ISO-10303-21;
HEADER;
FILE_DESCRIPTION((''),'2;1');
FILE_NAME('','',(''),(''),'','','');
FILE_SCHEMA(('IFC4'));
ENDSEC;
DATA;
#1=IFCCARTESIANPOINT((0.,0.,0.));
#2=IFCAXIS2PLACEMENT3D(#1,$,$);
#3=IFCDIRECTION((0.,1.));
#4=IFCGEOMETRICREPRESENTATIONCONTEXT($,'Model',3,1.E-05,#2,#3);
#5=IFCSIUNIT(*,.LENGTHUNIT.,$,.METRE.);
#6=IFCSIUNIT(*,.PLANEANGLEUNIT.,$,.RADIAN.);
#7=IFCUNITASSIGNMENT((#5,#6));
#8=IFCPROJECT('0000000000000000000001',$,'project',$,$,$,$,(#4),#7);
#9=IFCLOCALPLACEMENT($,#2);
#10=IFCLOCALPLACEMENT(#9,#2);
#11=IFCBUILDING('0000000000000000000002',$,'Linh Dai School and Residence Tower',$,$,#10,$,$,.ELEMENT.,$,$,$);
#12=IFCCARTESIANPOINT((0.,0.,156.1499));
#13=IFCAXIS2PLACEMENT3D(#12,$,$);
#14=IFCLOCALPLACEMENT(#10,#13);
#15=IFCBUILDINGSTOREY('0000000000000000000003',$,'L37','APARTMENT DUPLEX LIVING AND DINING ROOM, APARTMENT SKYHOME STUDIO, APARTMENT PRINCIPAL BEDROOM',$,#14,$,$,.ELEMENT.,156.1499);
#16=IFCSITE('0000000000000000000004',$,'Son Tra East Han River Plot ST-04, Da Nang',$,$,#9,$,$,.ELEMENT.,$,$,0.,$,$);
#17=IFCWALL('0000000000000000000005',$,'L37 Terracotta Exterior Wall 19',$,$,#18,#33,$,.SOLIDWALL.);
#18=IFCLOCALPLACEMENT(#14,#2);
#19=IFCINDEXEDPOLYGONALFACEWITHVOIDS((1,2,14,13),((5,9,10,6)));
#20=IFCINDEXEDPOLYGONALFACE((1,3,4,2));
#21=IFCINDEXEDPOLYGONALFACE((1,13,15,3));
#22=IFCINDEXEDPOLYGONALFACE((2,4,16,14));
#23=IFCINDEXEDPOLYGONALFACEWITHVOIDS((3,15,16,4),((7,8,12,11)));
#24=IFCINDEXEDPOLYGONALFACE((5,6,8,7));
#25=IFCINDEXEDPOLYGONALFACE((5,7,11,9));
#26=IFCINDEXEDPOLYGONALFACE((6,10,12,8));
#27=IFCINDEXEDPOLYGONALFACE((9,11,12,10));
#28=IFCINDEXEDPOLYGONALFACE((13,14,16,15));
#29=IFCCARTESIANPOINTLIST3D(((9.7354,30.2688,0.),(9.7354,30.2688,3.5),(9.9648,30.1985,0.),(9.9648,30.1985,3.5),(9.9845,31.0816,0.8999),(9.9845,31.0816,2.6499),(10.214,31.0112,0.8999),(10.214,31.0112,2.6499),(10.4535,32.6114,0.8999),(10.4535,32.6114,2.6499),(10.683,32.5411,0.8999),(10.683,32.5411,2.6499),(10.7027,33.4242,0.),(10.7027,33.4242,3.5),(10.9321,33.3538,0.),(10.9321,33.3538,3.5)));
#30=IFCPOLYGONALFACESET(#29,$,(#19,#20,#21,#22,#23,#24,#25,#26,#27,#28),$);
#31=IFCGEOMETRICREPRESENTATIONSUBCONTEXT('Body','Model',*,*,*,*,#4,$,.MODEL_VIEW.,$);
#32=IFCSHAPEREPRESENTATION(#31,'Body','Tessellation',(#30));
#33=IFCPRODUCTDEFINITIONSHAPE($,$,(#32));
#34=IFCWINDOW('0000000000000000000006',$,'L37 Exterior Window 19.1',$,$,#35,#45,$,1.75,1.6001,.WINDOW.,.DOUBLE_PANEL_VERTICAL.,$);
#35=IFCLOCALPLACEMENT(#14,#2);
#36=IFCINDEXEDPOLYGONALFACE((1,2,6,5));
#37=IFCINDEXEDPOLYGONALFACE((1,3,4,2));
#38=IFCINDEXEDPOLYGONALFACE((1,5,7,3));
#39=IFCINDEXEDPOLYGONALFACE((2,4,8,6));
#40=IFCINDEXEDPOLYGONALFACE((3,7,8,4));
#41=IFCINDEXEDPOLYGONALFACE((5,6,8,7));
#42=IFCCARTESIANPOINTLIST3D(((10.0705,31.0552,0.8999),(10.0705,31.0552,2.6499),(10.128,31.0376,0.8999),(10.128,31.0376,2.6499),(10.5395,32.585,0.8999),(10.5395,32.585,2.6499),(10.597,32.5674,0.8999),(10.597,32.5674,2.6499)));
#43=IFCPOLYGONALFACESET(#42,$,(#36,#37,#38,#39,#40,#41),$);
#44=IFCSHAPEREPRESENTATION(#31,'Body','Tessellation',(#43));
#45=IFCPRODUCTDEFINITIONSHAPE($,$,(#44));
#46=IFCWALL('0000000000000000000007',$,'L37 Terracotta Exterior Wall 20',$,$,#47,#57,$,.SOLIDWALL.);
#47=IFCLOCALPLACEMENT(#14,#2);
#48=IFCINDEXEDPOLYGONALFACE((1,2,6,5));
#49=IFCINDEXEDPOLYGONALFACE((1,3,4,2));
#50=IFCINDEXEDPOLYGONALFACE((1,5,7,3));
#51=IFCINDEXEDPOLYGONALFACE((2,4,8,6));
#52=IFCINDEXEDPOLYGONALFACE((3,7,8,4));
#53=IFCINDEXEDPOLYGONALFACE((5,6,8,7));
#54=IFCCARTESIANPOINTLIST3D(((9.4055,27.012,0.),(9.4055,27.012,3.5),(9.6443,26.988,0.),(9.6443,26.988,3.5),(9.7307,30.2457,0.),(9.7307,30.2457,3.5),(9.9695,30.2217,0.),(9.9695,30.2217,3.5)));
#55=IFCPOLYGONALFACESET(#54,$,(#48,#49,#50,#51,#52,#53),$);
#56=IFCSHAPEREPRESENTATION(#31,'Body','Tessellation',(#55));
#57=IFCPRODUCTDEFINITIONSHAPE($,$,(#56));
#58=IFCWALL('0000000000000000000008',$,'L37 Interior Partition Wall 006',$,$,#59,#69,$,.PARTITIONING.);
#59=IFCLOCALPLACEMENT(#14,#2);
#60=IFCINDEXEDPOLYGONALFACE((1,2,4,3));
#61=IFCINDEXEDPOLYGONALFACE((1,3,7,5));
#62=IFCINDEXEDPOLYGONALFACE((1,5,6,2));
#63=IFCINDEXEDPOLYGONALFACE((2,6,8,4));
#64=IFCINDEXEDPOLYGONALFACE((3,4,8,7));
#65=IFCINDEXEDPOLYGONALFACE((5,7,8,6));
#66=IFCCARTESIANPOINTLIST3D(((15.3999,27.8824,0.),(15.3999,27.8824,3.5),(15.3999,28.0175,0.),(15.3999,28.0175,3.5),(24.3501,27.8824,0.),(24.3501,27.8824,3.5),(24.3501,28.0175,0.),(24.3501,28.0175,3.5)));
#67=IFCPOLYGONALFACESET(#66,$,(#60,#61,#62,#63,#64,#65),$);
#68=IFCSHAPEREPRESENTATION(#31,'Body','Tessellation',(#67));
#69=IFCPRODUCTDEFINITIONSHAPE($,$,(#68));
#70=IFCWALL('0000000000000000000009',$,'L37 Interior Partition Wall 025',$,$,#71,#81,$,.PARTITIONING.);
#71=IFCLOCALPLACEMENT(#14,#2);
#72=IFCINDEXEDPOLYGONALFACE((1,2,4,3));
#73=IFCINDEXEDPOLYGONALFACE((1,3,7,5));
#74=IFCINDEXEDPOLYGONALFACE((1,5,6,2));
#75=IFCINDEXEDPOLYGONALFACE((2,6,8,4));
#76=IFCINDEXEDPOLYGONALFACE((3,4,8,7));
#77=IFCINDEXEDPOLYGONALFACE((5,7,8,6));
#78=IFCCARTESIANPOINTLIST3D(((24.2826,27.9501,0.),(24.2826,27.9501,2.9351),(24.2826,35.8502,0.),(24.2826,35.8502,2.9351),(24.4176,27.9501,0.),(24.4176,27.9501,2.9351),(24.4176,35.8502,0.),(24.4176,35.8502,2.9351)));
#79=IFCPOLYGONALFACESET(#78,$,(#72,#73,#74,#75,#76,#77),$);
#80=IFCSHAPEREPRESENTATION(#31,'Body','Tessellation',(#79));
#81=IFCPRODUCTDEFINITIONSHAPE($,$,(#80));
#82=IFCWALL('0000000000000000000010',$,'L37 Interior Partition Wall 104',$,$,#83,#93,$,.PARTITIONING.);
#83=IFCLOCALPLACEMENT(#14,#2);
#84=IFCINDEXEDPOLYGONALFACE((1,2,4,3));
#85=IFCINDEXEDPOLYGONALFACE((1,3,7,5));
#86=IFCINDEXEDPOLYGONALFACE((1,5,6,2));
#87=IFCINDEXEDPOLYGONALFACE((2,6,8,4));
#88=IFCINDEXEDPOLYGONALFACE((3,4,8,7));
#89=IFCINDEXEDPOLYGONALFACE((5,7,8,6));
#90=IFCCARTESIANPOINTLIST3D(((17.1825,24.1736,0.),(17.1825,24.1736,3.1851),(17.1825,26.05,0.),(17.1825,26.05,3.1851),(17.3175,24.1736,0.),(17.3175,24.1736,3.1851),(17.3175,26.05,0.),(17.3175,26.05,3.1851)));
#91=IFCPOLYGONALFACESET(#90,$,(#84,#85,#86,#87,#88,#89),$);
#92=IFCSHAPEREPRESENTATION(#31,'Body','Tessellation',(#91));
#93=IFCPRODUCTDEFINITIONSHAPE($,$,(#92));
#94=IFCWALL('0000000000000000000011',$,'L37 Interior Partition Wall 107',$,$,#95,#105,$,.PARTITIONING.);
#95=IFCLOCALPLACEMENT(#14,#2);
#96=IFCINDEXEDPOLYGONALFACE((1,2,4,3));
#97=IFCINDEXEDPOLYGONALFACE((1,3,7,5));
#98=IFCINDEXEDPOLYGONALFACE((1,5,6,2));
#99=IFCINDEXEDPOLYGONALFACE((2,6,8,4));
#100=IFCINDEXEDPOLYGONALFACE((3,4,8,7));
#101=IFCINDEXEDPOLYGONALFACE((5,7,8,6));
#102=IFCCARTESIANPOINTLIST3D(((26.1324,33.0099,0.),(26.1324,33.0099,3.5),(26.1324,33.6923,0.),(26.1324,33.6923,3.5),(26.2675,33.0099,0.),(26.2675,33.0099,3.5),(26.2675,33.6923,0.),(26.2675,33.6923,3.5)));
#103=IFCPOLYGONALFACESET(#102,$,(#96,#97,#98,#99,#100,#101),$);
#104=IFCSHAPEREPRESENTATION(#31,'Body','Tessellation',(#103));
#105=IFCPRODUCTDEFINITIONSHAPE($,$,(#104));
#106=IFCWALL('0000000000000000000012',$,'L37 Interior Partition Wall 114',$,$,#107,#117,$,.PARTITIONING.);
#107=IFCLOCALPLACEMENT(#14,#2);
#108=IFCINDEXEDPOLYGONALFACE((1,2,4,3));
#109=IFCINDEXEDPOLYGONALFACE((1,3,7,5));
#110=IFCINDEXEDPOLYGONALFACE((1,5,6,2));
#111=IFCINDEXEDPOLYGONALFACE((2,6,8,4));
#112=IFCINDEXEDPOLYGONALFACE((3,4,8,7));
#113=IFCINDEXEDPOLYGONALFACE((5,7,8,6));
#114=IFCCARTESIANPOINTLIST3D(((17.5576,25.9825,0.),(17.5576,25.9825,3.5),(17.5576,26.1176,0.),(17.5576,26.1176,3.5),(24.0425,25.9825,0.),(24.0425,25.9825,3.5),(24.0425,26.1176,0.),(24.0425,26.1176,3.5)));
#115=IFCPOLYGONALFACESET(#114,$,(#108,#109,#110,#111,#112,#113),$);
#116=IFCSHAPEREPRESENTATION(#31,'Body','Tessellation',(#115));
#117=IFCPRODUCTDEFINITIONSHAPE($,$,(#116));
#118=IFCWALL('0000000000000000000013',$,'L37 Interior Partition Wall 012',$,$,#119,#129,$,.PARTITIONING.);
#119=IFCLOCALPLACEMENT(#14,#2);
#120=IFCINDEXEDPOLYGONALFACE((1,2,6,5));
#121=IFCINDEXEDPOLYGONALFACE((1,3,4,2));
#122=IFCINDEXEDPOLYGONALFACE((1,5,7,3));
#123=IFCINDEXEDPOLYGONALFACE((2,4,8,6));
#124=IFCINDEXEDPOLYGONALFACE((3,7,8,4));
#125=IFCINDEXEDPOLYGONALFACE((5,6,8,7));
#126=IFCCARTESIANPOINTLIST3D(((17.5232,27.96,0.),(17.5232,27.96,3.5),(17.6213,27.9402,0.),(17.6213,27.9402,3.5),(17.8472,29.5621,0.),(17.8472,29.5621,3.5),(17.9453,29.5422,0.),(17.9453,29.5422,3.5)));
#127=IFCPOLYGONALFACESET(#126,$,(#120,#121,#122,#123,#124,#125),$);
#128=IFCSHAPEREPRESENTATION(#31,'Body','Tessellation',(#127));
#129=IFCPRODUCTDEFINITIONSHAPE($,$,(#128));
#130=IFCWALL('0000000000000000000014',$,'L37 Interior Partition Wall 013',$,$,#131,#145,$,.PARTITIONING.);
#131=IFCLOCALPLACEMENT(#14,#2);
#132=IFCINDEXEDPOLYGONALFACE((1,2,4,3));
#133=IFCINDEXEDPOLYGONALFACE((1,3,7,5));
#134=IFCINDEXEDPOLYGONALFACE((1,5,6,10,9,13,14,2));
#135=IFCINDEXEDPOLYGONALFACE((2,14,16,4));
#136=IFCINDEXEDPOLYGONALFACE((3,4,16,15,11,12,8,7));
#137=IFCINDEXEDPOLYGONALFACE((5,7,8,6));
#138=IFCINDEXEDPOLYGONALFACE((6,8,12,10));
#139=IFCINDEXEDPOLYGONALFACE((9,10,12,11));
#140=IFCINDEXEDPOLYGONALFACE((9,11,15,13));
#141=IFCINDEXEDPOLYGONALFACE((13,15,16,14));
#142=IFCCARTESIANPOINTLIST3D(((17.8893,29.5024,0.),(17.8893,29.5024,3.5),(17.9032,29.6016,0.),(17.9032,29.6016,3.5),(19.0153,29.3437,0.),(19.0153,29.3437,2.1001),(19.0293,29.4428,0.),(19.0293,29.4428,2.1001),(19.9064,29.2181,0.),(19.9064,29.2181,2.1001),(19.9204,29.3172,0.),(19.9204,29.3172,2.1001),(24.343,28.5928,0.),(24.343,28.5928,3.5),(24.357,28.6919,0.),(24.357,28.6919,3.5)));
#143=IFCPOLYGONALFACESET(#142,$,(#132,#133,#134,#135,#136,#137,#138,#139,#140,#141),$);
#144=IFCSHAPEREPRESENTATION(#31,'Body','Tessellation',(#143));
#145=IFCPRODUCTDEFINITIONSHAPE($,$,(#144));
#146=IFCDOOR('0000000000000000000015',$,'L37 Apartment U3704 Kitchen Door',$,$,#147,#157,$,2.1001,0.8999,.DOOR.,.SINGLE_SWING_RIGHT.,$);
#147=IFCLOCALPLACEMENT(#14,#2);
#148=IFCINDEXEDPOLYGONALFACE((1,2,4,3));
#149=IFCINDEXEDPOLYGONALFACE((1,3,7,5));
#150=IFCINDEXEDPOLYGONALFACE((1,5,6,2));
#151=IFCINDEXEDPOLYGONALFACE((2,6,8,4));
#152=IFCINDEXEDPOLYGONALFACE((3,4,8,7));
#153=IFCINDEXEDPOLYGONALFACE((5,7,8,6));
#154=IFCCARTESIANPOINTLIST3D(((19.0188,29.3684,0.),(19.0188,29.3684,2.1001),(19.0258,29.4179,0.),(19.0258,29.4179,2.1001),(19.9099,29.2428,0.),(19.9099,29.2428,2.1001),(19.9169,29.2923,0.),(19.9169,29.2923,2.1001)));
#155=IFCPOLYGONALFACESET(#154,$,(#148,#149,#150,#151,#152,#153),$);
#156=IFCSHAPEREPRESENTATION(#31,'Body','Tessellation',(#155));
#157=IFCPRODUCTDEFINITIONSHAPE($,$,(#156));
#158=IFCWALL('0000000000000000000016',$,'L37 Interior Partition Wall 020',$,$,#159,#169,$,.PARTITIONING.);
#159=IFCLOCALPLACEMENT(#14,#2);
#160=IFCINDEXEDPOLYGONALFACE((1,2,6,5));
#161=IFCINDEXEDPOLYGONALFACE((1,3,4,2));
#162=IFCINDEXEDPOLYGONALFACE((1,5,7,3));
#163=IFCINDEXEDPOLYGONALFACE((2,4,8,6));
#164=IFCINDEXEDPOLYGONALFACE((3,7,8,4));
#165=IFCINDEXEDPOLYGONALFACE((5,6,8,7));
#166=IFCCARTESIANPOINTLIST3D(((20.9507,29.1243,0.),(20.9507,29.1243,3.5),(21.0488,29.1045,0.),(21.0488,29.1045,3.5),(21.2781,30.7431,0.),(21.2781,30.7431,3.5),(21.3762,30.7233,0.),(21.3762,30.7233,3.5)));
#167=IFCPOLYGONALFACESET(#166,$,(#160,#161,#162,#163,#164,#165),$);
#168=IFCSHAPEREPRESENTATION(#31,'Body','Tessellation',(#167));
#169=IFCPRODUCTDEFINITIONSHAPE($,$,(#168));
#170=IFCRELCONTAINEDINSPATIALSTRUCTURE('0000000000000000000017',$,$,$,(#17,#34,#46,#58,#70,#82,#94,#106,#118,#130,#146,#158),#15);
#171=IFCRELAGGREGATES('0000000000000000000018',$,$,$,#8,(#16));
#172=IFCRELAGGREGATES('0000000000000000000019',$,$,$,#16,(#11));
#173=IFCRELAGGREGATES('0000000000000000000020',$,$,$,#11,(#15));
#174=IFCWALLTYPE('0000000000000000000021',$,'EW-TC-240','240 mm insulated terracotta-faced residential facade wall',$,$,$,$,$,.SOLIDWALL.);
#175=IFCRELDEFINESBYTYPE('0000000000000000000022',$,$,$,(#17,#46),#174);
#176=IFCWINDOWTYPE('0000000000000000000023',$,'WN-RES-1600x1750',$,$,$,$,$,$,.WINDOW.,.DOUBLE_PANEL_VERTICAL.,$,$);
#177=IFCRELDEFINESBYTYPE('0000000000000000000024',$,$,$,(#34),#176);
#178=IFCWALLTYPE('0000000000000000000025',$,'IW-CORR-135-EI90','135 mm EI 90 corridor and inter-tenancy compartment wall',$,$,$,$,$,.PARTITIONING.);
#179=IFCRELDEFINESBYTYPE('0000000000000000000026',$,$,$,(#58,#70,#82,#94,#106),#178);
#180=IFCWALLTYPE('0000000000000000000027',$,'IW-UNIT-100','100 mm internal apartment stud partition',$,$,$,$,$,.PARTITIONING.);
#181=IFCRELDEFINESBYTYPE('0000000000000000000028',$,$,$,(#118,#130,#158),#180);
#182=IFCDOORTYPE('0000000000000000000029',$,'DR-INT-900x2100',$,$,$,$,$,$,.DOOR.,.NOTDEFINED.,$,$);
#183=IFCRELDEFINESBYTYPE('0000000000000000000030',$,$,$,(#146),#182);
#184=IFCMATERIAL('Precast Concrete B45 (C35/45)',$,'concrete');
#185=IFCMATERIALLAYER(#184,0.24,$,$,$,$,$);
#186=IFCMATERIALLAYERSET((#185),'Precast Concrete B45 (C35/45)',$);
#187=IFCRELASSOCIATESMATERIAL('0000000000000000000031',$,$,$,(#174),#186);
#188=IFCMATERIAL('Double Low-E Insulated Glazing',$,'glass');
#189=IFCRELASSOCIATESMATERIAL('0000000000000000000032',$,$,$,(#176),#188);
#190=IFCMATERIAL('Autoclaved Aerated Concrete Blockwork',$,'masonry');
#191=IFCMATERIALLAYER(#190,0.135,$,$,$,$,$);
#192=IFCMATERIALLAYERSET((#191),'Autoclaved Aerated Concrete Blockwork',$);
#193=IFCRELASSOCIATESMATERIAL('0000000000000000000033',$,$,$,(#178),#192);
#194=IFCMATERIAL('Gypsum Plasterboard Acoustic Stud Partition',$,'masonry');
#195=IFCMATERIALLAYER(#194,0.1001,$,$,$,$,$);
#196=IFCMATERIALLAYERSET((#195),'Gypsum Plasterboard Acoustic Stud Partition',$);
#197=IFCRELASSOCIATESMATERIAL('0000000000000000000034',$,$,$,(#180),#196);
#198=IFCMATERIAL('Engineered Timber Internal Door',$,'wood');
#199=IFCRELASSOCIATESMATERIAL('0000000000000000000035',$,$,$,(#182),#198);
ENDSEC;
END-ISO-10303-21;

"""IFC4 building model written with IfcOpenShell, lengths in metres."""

from ifc_helpers import new_model, si_unit, direction, frame, frame_2d, origin, origin_2d, place, context, subcontext, project, spatial, rectangle, extrude, source, transform, mapped, material, layer, layer_set, type_object, element, fill, save


model = new_model("IFC4")

# Units and contexts
model_context = context("Model", 3, precision=1e-05, world=origin(), true_north=direction((0.0, 1.0)))
body_context = subcontext(model_context, "Body", "Model", "MODEL_VIEW")
ifc_project = project(units=[si_unit("LENGTHUNIT", "METRE"), si_unit("PLANEANGLEUNIT", "RADIAN")], contexts=[model_context])

# Site, building, storey
site_placement = place(None, origin())
site = spatial("IfcSite", under=ifc_project, at=site_placement, Name="Son Tra East Han River Plot ST-04, Da Nang", CompositionType="ELEMENT", RefElevation=0.0)
building_placement = place(site_placement, origin())
building = spatial("IfcBuilding", under=site, at=building_placement, Name="Linh Dai School and Residence Tower", CompositionType="ELEMENT")
storey_placement = place(building_placement, frame((0.0, 0.0, 156.1499)))
storey = spatial("IfcBuildingStorey", under=building, at=storey_placement, Name="L37", Description="APARTMENT DUPLEX LIVING AND DINING ROOM, APARTMENT SKYHOME STUDIO, APARTMENT PRINCIPAL BEDROOM", CompositionType="ELEMENT", Elevation=156.1499)

# Shared definitions
ifc_material_1 = material(Name="Precast Concrete B45 (C35/45)", Category="concrete")

# Shared definitions
ifc_layer_1 = layer(ifc_material_1, 0.24)
ifc_layer_set_1 = layer_set([ifc_layer_1], Name="Precast Concrete B45 (C35/45)")
wall_type_1 = type_object("IfcWallType", Name="EW-TC-240", Description="240 mm insulated terracotta-faced residential facade wall", PredefinedType="SOLIDWALL", material=ifc_layer_set_1)

# Wall, opening, window
wall_1_placement = place(storey_placement, frame((9.8501, 30.2336, 0.0), z_axis=(0.0, 0.0, 1.0), x_axis=(0.293098, 0.956082, 0.0)))
wall_1 = element("IfcWall", 1, at=wall_1_placement, inside=storey, type_object=wall_type_1, Name="L37 Terracotta Exterior Wall 19", PredefinedType="SOLIDWALL", context=body_context, shape_type="SweptSolid", body=[
    extrude(rectangle(XDim=3.3003, YDim=0.24, at=frame_2d((1.6501, 0.0))), origin(), (0.0, 0.0, 1.0), 3.5),
])
opening_1_placement = place(wall_1_placement, frame((0.8501, 0.0, 0.8999)))
opening_1 = element("IfcOpeningElement", 2, at=opening_1_placement, cuts=wall_1, PredefinedType="OPENING", context=body_context, shape_type="SweptSolid", body=[
    extrude(rectangle(XDim=1.6001, YDim=1.75, at=origin_2d()), frame((0.8, 0.1299, 0.875), z_axis=(0.0, -1.0, 0.0), x_axis=(1.0, 0.0, 0.0)), (0.0, 0.0, 1.0), 0.26),
])
ifc_material_2 = material(Name="Double Low-E Insulated Glazing", Category="glass")
window_type = type_object("IfcWindowType", Name="WN-RES-1600x1750", PartitioningType="DOUBLE_PANEL_VERTICAL", PredefinedType="WINDOW", material=ifc_material_2)
shared_shape_1 = source(origin(), body_context, "Body", "SweptSolid", [
    extrude(rectangle(XDim=1.6001, YDim=1.75, at=origin_2d()), frame((0.8, 0.03, 0.875), z_axis=(0.0, -1.0, 0.0), x_axis=(1.0, 0.0, 0.0)), (0.0, 0.0, 1.0), 0.0601),
])
window_placement = place(opening_1_placement, origin())
window = element("IfcWindow", 3, at=window_placement, inside=storey, type_object=window_type, Name="L37 Exterior Window 19.1", OverallHeight=1.75, OverallWidth=1.6001, PartitioningType="DOUBLE_PANEL_VERTICAL", PredefinedType="WINDOW", context=body_context, shape_type="MappedRepresentation", body=[
    mapped(shared_shape_1, transform((0.0, 0.0, 0.0), x_axis=(1.0, 0.0, 0.0), y_axis=(0.0, 1.0, 0.0), z_axis=(0.0, 0.0, 1.0), scale=1.0)),
])
fill(opening_1, window)

# Walls
wall_2_placement = place(storey_placement, frame((9.5249, 27.0, 0.0), z_axis=(0.0, 0.0, 1.0), x_axis=(0.100062, 0.994981, 0.0)))
element("IfcWall", 4, at=wall_2_placement, inside=storey, type_object=wall_type_1, Name="L37 Terracotta Exterior Wall 20", PredefinedType="SOLIDWALL", context=body_context, shape_type="SweptSolid", body=[
    extrude(rectangle(XDim=3.25, YDim=0.24, at=frame_2d((1.625, 0.0))), origin(), (0.0, 0.0, 1.0), 3.5),
])
ifc_material_3 = material(Name="Autoclaved Aerated Concrete Blockwork", Category="masonry")
ifc_layer_2 = layer(ifc_material_3, 0.135)
ifc_layer_set_2 = layer_set([ifc_layer_2], Name="Autoclaved Aerated Concrete Blockwork")
wall_type_2 = type_object("IfcWallType", Name="IW-CORR-135-EI90", Description="135 mm EI 90 corridor and inter-tenancy compartment wall", PredefinedType="PARTITIONING", material=ifc_layer_set_2)
wall_3_placement = place(storey_placement, frame((15.3999, 27.95, 0.0), z_axis=(0.0, 0.0, 1.0), x_axis=(1.0, 0.0, 0.0)))
element("IfcWall", 5, at=wall_3_placement, inside=storey, type_object=wall_type_2, Name="L37 Interior Partition Wall 006", PredefinedType="PARTITIONING", context=body_context, shape_type="SweptSolid", body=[
    extrude(rectangle(XDim=8.9502, YDim=0.135, at=frame_2d((4.4751, 0.0))), origin(), (0.0, 0.0, 1.0), 3.5),
])
wall_4_placement = place(storey_placement, frame((24.3501, 27.95, 0.0), z_axis=(0.0, 0.0, 1.0), x_axis=(0.0, 1.0, 0.0)))
element("IfcWall", 6, at=wall_4_placement, inside=storey, type_object=wall_type_2, Name="L37 Interior Partition Wall 025", PredefinedType="PARTITIONING", context=body_context, shape_type="SweptSolid", body=[
    extrude(rectangle(XDim=7.9001, YDim=0.135, at=frame_2d((3.9502, 0.0))), origin(), (0.0, 0.0, 1.0), 2.9351),
])
wall_5_placement = place(storey_placement, frame((17.25, 26.05, 0.0), z_axis=(0.0, 0.0, 1.0), x_axis=(0.0, -1.0, 0.0)))
element("IfcWall", 7, at=wall_5_placement, inside=storey, type_object=wall_type_2, Name="L37 Interior Partition Wall 104", PredefinedType="PARTITIONING", context=body_context, shape_type="SweptSolid", body=[
    extrude(rectangle(XDim=1.8765, YDim=0.135, at=frame_2d((0.9382, 0.0))), origin(), (0.0, 0.0, 1.0), 3.1851),
])
wall_6_placement = place(storey_placement, frame((26.2, 33.6924, 0.0), z_axis=(0.0, 0.0, 1.0), x_axis=(0.0, -1.0, 0.0)))
element("IfcWall", 8, at=wall_6_placement, inside=storey, type_object=wall_type_2, Name="L37 Interior Partition Wall 107", PredefinedType="PARTITIONING", context=body_context, shape_type="SweptSolid", body=[
    extrude(rectangle(XDim=0.6824, YDim=0.135, at=frame_2d((0.3413, 0.0))), origin(), (0.0, 0.0, 1.0), 3.5),
])
wall_7_placement = place(storey_placement, frame((24.0425, 26.05, 0.0), z_axis=(0.0, 0.0, 1.0), x_axis=(-1.0, 0.0, 0.0)))
element("IfcWall", 9, at=wall_7_placement, inside=storey, type_object=wall_type_2, Name="L37 Interior Partition Wall 114", PredefinedType="PARTITIONING", context=body_context, shape_type="SweptSolid", body=[
    extrude(rectangle(XDim=6.4849, YDim=0.135, at=frame_2d((3.2424, 0.0))), origin(), (0.0, 0.0, 1.0), 3.5),
])
ifc_material_4 = material(Name="Gypsum Plasterboard Acoustic Stud Partition", Category="masonry")
ifc_layer_3 = layer(ifc_material_4, 0.1001)
ifc_layer_set_3 = layer_set([ifc_layer_3], Name="Gypsum Plasterboard Acoustic Stud Partition")
wall_type_3 = type_object("IfcWallType", Name="IW-UNIT-100", Description="100 mm internal apartment stud partition", PredefinedType="PARTITIONING", material=ifc_layer_set_3)
wall_8_placement = place(storey_placement, frame((17.5723, 27.95, 0.0), z_axis=(0.0, 0.0, 1.0), x_axis=(0.198213, 0.980159, 0.0)))
element("IfcWall", 10, at=wall_8_placement, inside=storey, type_object=wall_type_3, Name="L37 Interior Partition Wall 012", PredefinedType="PARTITIONING", context=body_context, shape_type="SweptSolid", body=[
    extrude(rectangle(XDim=1.6345, YDim=0.1001, at=frame_2d((0.8174, 0.0))), origin(), (0.0, 0.0, 1.0), 3.5),
])

# Wall, opening, door
wall_9_placement = place(storey_placement, frame((17.8962, 29.552, 0.0), z_axis=(0.0, 0.0, 1.0), x_axis=(0.990212, -0.13957, 0.0)))
wall_9 = element("IfcWall", 11, at=wall_9_placement, inside=storey, type_object=wall_type_3, Name="L37 Interior Partition Wall 013", PredefinedType="PARTITIONING", context=body_context, shape_type="SweptSolid", body=[
    extrude(rectangle(XDim=6.5176, YDim=0.1001, at=frame_2d((3.2588, 0.0))), origin(), (0.0, 0.0, 1.0), 3.5),
])
opening_2_placement = place(wall_9_placement, frame((1.1372, 0.0, 0.0)))
opening_2 = element("IfcOpeningElement", 12, at=opening_2_placement, cuts=wall_9, PredefinedType="OPENING", context=body_context, shape_type="SweptSolid", body=[
    extrude(rectangle(XDim=0.8999, YDim=2.1001, at=origin_2d()), frame((0.45, 0.0601, 1.05), z_axis=(0.0, -1.0, 0.0), x_axis=(1.0, 0.0, 0.0)), (0.0, 0.0, 1.0), 0.1201),
])
ifc_material_5 = material(Name="Engineered Timber Internal Door", Category="wood")
door_type_1 = type_object("IfcDoorType", Name="DR-INT-900x2100", OperationType="NOTDEFINED", PredefinedType="DOOR", material=ifc_material_5)
shared_shape_2 = source(origin(), body_context, "Body", "SweptSolid", [
    extrude(rectangle(XDim=0.8999, YDim=2.1001, at=origin_2d()), frame((0.45, 0.0249, 1.05), z_axis=(0.0, -1.0, 0.0), x_axis=(1.0, 0.0, 0.0)), (0.0, 0.0, 1.0), 0.05),
])
door_1_placement = place(opening_2_placement, origin())
door_1 = element("IfcDoor", 13, at=door_1_placement, inside=storey, type_object=door_type_1, Name="L37 Apartment U3704 Kitchen Door", OperationType="SINGLE_SWING_RIGHT", OverallHeight=2.1001, OverallWidth=0.8999, PredefinedType="DOOR", context=body_context, shape_type="MappedRepresentation", body=[
    mapped(shared_shape_2, transform((0.0, 0.0, 0.0), x_axis=(1.0, 0.0, 0.0), y_axis=(0.0, 1.0, 0.0), z_axis=(0.0, 0.0, 1.0), scale=1.0)),
])
fill(opening_2, door_1)

# Wall
wall_10_placement = place(storey_placement, frame((20.9998, 29.1145, 0.0), z_axis=(0.0, 0.0, 1.0), x_axis=(0.198219, 0.980158, 0.0)))
element("IfcWall", 14, at=wall_10_placement, inside=storey, type_object=wall_type_3, Name="L37 Interior Partition Wall 020", PredefinedType="PARTITIONING", context=body_context, shape_type="SweptSolid", body=[
    extrude(rectangle(XDim=1.6516, YDim=0.1001, at=frame_2d((0.8257, 0.0))), origin(), (0.0, 0.0, 1.0), 3.5),
])

save(model, "model.ifc")
